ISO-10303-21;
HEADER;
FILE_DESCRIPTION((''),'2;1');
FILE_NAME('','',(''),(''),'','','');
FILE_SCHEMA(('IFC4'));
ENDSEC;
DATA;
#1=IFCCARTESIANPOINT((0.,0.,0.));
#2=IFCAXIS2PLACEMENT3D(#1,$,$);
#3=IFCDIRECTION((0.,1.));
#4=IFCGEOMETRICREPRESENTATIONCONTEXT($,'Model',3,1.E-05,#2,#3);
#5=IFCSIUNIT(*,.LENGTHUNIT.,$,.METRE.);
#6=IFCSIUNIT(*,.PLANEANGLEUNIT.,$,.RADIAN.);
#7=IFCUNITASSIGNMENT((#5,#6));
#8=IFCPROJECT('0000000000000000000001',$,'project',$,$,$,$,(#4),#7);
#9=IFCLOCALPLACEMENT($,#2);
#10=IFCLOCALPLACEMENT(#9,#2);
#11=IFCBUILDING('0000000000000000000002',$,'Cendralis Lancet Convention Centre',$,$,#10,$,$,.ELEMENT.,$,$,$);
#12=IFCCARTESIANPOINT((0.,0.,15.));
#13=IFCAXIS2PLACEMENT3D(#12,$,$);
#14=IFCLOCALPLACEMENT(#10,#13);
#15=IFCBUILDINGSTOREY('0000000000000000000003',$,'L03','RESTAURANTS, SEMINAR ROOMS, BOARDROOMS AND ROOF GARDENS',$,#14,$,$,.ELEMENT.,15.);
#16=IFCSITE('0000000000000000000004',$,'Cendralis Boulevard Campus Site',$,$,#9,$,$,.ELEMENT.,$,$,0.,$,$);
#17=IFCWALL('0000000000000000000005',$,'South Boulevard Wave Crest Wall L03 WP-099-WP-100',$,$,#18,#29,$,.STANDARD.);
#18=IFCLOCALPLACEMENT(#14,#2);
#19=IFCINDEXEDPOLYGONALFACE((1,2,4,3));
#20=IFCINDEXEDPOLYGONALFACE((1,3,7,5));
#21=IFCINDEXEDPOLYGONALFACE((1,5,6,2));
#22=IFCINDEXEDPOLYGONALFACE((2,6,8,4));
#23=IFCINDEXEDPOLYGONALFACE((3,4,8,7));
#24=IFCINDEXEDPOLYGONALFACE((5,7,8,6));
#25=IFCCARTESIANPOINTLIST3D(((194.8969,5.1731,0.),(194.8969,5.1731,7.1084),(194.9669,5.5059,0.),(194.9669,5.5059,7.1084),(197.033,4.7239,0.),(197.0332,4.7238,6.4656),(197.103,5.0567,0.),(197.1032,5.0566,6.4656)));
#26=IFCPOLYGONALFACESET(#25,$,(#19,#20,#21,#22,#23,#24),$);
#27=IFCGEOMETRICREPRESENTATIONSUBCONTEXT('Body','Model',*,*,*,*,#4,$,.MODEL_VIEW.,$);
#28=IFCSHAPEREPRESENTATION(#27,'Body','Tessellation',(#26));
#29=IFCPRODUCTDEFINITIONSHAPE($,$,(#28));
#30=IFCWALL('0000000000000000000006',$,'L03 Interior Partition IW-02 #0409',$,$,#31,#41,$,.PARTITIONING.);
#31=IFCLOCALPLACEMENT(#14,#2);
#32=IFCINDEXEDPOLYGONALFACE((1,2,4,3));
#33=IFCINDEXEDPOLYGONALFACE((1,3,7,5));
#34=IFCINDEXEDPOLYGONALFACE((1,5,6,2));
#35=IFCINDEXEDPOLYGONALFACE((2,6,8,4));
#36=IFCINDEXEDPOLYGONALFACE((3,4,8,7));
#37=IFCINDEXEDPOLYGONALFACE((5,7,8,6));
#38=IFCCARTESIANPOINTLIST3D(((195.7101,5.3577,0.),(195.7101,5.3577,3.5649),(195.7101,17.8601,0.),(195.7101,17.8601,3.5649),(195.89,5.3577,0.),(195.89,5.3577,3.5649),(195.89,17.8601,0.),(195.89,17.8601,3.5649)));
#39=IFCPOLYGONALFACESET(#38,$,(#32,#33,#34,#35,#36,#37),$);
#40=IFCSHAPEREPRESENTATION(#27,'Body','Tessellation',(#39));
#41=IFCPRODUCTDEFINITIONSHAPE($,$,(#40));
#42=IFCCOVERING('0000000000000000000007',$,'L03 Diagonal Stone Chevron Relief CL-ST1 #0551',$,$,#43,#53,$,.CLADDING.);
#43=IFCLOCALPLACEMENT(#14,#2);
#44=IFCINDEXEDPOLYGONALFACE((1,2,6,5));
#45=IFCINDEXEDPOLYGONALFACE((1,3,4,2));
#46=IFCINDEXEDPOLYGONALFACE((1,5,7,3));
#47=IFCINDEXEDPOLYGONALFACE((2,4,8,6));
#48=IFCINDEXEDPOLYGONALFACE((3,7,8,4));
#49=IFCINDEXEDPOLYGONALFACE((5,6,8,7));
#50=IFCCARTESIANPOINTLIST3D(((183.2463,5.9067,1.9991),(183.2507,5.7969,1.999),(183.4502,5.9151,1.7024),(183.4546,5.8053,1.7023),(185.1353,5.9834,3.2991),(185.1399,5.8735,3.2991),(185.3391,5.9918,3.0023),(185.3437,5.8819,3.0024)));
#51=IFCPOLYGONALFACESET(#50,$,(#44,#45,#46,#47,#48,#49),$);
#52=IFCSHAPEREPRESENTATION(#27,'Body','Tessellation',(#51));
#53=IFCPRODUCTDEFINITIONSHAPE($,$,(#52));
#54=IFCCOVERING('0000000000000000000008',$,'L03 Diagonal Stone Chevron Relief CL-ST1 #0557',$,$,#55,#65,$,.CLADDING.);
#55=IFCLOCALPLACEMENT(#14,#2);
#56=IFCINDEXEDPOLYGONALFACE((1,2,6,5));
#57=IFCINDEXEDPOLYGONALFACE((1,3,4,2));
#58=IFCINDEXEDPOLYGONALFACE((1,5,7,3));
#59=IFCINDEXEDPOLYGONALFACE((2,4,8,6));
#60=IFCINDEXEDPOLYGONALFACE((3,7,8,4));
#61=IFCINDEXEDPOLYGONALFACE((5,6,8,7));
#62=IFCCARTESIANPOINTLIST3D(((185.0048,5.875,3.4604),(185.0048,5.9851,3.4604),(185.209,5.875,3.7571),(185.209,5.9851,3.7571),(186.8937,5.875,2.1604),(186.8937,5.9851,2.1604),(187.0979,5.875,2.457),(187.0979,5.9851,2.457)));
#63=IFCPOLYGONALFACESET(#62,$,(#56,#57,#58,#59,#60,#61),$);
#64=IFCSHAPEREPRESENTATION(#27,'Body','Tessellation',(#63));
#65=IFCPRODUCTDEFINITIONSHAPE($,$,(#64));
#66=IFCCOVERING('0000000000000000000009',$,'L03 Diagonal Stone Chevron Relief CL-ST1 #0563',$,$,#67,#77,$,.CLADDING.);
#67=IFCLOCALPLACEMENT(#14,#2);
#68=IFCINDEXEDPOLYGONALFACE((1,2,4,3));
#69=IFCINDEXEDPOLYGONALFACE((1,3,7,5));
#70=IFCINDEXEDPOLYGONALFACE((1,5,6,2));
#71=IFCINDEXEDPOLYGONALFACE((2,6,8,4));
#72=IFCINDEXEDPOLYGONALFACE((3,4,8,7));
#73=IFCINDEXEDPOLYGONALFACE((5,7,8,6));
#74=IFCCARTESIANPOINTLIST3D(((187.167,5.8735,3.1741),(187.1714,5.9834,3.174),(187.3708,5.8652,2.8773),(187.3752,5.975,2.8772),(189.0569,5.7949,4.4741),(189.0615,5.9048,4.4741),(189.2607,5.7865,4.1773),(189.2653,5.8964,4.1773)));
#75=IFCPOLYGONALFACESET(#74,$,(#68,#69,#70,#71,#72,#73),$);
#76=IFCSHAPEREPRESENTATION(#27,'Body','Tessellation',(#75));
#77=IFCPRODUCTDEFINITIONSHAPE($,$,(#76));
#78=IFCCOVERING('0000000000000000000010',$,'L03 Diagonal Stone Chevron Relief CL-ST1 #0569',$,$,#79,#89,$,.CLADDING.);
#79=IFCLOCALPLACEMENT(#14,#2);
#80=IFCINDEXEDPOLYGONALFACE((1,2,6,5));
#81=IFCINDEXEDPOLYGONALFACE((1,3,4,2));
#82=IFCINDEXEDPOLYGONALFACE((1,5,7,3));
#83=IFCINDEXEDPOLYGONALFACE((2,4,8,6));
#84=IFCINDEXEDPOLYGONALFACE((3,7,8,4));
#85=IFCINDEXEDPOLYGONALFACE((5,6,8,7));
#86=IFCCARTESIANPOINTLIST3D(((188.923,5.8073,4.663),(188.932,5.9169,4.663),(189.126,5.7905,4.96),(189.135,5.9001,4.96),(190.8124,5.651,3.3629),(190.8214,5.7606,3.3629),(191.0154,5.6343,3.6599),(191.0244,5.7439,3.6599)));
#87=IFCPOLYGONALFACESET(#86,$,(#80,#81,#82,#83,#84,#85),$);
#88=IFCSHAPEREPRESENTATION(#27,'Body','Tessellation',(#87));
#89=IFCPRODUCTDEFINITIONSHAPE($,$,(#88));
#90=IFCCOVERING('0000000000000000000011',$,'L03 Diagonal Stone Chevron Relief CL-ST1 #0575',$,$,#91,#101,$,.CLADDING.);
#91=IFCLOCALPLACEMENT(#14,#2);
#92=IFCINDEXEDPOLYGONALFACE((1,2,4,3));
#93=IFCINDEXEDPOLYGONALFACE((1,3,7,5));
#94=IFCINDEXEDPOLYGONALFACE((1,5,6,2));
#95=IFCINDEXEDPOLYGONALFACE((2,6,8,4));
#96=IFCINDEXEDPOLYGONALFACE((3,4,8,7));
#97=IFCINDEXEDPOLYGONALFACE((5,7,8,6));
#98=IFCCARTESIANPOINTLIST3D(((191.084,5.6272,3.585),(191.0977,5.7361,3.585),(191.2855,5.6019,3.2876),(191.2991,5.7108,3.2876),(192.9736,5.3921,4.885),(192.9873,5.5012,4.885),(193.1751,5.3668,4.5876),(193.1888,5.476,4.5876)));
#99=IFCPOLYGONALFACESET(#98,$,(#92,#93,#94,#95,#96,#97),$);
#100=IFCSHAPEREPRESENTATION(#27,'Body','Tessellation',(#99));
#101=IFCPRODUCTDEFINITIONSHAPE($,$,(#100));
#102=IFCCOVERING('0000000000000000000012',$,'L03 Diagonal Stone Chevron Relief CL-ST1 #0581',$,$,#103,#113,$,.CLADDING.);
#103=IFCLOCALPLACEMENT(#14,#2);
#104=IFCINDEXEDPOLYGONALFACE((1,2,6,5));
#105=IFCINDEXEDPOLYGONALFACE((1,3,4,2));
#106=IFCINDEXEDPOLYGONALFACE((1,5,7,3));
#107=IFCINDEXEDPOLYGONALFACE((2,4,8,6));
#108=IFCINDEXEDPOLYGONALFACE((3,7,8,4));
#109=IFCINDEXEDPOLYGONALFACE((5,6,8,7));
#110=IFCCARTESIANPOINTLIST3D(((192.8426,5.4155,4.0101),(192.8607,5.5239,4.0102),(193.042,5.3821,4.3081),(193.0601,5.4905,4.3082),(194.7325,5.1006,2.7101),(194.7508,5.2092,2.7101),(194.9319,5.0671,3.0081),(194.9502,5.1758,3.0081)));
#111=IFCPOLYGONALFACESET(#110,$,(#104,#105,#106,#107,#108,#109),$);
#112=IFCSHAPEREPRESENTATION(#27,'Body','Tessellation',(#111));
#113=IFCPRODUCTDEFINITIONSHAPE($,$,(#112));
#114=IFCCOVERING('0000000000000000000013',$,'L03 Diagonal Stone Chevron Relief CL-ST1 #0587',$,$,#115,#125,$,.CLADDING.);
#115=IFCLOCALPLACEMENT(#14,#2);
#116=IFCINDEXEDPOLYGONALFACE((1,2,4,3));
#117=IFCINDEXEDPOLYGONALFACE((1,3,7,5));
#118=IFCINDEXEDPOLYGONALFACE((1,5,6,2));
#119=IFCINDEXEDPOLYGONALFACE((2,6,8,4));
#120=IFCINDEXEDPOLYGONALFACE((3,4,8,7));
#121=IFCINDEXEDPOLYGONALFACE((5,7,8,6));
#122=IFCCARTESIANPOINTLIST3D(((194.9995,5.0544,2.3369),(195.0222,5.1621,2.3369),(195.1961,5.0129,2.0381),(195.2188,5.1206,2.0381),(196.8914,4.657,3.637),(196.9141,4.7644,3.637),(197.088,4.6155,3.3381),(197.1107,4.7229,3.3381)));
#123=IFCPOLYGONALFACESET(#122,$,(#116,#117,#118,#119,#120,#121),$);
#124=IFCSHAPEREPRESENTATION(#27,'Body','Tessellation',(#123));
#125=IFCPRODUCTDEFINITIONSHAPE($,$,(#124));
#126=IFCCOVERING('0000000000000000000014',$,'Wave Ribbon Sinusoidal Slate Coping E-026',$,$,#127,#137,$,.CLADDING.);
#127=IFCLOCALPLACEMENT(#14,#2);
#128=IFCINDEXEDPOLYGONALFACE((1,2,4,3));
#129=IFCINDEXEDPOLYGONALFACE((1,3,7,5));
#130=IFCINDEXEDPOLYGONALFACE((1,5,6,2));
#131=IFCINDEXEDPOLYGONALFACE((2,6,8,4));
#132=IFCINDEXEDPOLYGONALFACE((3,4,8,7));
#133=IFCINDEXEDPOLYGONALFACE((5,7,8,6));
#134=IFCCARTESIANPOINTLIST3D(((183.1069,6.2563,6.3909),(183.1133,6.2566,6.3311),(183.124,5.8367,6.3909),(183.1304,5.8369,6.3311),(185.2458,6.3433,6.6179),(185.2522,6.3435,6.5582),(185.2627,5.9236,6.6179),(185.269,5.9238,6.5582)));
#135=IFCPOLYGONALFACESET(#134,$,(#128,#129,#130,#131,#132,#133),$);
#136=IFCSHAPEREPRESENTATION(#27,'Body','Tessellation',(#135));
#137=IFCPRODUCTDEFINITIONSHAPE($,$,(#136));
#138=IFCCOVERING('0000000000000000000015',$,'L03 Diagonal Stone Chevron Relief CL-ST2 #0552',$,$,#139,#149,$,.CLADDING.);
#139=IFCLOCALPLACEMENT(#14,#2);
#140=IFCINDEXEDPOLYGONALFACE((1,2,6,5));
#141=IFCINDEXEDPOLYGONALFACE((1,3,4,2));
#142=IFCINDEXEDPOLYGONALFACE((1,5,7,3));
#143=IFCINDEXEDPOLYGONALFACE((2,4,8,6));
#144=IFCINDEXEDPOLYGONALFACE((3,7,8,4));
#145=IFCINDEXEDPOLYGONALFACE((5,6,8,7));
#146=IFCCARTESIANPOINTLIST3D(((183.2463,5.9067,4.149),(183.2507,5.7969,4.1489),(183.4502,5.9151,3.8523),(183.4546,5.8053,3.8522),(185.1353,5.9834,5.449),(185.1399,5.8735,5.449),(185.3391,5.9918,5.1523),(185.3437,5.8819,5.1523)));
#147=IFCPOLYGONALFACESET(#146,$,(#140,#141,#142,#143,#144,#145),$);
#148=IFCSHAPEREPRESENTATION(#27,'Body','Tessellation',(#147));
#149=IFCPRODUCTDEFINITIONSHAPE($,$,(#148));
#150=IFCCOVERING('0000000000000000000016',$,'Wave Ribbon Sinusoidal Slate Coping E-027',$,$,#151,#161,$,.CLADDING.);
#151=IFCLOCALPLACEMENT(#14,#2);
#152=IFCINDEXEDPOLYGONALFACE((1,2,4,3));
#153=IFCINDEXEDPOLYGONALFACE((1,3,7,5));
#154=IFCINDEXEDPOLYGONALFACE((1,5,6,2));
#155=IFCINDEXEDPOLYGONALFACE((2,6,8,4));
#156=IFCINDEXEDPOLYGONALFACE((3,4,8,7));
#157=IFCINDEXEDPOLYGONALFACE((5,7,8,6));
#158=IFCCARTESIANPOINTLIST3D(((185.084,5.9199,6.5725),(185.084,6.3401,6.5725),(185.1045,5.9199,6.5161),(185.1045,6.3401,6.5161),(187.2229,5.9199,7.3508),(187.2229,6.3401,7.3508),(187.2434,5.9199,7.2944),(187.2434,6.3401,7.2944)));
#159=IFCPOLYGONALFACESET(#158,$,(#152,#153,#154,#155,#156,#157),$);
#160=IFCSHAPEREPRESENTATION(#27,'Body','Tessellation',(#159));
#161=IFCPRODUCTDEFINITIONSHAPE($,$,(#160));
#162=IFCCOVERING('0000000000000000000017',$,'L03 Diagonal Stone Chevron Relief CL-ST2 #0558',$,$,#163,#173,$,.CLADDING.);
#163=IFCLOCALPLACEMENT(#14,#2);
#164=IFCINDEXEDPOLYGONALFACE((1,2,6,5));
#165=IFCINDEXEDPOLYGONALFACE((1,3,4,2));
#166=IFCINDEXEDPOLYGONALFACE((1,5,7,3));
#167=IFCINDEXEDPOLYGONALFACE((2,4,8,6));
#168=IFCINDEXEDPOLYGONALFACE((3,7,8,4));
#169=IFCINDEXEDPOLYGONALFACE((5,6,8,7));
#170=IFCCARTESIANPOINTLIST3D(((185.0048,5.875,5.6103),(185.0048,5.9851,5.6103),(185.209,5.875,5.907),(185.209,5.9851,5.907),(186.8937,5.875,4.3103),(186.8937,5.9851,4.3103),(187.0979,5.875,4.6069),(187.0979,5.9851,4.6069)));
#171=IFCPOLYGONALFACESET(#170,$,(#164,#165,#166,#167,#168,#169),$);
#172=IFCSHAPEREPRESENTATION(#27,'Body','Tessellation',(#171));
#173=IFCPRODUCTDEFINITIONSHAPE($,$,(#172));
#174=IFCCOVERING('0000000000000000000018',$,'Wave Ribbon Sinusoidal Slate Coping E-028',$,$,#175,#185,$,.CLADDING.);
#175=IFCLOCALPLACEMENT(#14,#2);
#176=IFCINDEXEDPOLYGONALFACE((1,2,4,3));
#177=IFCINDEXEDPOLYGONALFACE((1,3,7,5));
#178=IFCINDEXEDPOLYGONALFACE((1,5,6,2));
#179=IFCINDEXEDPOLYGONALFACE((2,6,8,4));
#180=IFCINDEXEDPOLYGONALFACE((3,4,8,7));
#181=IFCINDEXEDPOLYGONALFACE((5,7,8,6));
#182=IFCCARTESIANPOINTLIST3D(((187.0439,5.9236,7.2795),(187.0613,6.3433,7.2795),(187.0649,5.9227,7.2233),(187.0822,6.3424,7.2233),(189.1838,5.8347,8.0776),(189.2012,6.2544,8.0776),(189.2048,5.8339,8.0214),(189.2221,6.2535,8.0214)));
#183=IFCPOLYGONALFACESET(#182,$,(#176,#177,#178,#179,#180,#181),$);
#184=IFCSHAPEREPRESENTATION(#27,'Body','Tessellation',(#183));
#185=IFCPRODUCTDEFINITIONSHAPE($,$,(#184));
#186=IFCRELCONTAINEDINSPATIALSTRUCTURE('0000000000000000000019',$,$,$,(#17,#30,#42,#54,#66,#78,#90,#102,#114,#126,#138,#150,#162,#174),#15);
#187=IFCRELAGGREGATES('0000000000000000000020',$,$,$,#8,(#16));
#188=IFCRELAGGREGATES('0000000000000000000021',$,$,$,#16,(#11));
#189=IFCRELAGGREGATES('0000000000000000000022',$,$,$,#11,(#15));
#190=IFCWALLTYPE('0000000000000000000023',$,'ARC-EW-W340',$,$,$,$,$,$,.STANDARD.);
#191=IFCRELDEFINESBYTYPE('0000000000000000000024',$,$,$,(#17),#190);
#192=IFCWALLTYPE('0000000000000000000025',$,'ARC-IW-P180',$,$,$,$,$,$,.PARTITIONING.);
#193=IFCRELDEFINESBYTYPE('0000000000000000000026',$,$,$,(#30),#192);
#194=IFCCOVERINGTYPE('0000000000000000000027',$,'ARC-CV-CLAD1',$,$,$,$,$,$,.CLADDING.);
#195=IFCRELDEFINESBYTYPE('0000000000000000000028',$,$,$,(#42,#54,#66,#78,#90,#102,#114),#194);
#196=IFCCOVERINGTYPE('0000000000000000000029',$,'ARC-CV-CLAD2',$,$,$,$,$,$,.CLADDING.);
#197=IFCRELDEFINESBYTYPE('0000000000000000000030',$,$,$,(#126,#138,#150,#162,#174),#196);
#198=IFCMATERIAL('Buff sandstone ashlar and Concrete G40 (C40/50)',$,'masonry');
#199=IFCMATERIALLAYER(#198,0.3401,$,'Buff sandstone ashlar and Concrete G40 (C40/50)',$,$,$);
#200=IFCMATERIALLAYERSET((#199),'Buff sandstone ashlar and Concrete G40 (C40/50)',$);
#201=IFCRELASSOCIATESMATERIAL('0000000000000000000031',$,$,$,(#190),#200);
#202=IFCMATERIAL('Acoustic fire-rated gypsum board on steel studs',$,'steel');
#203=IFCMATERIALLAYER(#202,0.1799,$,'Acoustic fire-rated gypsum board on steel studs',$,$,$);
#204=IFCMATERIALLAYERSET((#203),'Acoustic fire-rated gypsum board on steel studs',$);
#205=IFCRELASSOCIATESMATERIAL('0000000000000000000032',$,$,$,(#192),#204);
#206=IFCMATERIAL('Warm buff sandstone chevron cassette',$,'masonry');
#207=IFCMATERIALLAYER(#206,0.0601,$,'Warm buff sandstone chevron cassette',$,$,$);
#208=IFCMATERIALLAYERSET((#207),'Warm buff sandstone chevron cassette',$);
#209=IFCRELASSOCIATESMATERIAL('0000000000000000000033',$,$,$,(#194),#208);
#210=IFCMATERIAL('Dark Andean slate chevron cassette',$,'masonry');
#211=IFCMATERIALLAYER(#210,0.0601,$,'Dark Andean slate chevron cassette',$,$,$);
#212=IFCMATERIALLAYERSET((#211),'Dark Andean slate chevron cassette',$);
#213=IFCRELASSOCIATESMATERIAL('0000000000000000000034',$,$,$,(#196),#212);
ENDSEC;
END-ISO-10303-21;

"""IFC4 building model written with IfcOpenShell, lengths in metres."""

from ifc_helpers import new_model, si_unit, direction, frame, frame_2d, origin, place, context, subcontext, project, spatial, polyline, rectangle, outline, extrude, material, layer, layer_set, type_object, element, save


model = new_model("IFC4")

# Units and contexts
model_context = context("Model", 3, precision=1e-05, world=origin(), true_north=direction((0.0, 1.0)))
body_context = subcontext(model_context, "Body", "Model", "MODEL_VIEW")
ifc_project = project(units=[si_unit("LENGTHUNIT", "METRE"), si_unit("PLANEANGLEUNIT", "RADIAN")], contexts=[model_context])

# Site, building, storey
site_placement = place(None, origin())
site = spatial("IfcSite", under=ifc_project, at=site_placement, Name="Cendralis Boulevard Campus Site", CompositionType="ELEMENT", RefElevation=0.0)
building_placement = place(site_placement, origin())
building = spatial("IfcBuilding", under=site, at=building_placement, Name="Cendralis Lancet Convention Centre", CompositionType="ELEMENT")
storey_placement = place(building_placement, frame((0.0, 0.0, 15.0)))
storey = spatial("IfcBuildingStorey", under=building, at=storey_placement, Name="L03", Description="RESTAURANTS, SEMINAR ROOMS, BOARDROOMS AND ROOF GARDENS", CompositionType="ELEMENT", Elevation=15.0)

# Shared definitions
ifc_material_1 = material(Name="Warm buff sandstone chevron cassette", Category="masonry")
ifc_material_2 = material(Name="Dark Andean slate chevron cassette", Category="masonry")

# Walls
ifc_material_3 = material(Name="Buff sandstone ashlar and Concrete G40 (C40/50)", Category="masonry")
ifc_layer_1 = layer(ifc_material_3, 0.3401, Name="Buff sandstone ashlar and Concrete G40 (C40/50)")
ifc_layer_set_1 = layer_set([ifc_layer_1], Name="Buff sandstone ashlar and Concrete G40 (C40/50)")
wall_type_1 = type_object("IfcWallType", Name="ARC-EW-W340", PredefinedType="STANDARD", material=ifc_layer_set_1)
wall_1_placement = place(storey_placement, frame((194.9319, 5.3396, 0.0), z_axis=(0.0, 0.0, 1.0), x_axis=(0.978597, -0.205785, 0.0)))
element("IfcWall", 1, at=wall_1_placement, inside=storey, type_object=wall_type_1, Name="South Boulevard Wave Crest Wall L03 WP-099-WP-100", PredefinedType="STANDARD", context=body_context, shape_type="SweptSolid", body=[
    extrude(outline(polyline([(0.0, 0.0), (2.1829, 0.0), (2.1831, 6.4656), (0.0, 7.1084), (0.0, 0.0)])), frame((0.0, 0.1699, 0.0), z_axis=(0.0, -1.0, 0.0), x_axis=(1.0, 0.0, 0.0)), (0.0, 0.0, 1.0), 0.3401),
])
ifc_material_4 = material(Name="Acoustic fire-rated gypsum board on steel studs", Category="steel")
ifc_layer_2 = layer(ifc_material_4, 0.1799, Name="Acoustic fire-rated gypsum board on steel studs")
ifc_layer_set_2 = layer_set([ifc_layer_2], Name="Acoustic fire-rated gypsum board on steel studs")
wall_type_2 = type_object("IfcWallType", Name="ARC-IW-P180", PredefinedType="PARTITIONING", material=ifc_layer_set_2)
wall_2_placement = place(storey_placement, frame((195.8, 5.3577, 0.0), z_axis=(0.0, 0.0, 1.0), x_axis=(0.0, 1.0, 0.0)))
element("IfcWall", 2, at=wall_2_placement, inside=storey, type_object=wall_type_2, Name="L03 Interior Partition IW-02 #0409", PredefinedType="PARTITIONING", context=body_context, shape_type="SweptSolid", body=[
    extrude(rectangle(XDim=12.5024, YDim=0.1799, at=frame_2d((6.2512, 0.0))), origin(), (0.0, 0.0, 1.0), 3.5649),
])

# Coverings
ifc_layer_3 = layer(ifc_material_1, 0.0601, Name="Warm buff sandstone chevron cassette")
ifc_layer_set_3 = layer_set([ifc_layer_3], Name="Warm buff sandstone chevron cassette")
covering_type_1 = type_object("IfcCoveringType", Name="ARC-CV-CLAD1", PredefinedType="CLADDING", material=ifc_layer_set_3)
covering_1_placement = place(storey_placement, frame((183.2507, 5.7969, 1.999), z_axis=(-0.566129, -0.023274, 0.823988), x_axis=(0.82331, 0.033409, 0.566608)))
element("IfcCovering", 3, at=covering_1_placement, inside=storey, type_object=covering_type_1, Name="L03 Diagonal Stone Chevron Relief CL-ST1 #0551", PredefinedType="CLADDING", context=body_context, shape_type="SweptSolid", body=[
    extrude(outline(polyline([(0.0, 0.0), (2.2945, 0.0), (2.2944, 0.11), (0.0001, 0.11), (0.0, 0.0)])), origin(), (0.0, 0.0, -1.0), 0.3601),
])
covering_2_placement = place(storey_placement, frame((185.209, 5.875, 3.7571), z_axis=(0.566949, 0.0, 0.823753), x_axis=(0.823753, 0.0, -0.566949)))
element("IfcCovering", 4, at=covering_2_placement, inside=storey, type_object=covering_type_1, Name="L03 Diagonal Stone Chevron Relief CL-ST1 #0557", PredefinedType="CLADDING", context=body_context, shape_type="SweptSolid", body=[
    extrude(outline(polyline([(0.0, 0.0), (2.2931, 0.0), (2.2931, 0.1101), (0.0, 0.1101), (0.0, 0.0)])), origin(), (0.0, 0.0, -1.0), 0.3601),
])
covering_3_placement = place(storey_placement, frame((187.167, 5.8735, 3.1741), z_axis=(-0.565915, 0.023265, 0.824135), x_axis=(0.823423, -0.034252, 0.566393)))
element("IfcCovering", 5, at=covering_3_placement, inside=storey, type_object=covering_type_1, Name="L03 Diagonal Stone Chevron Relief CL-ST1 #0563", PredefinedType="CLADDING", context=body_context, shape_type="SweptSolid", body=[
    extrude(outline(polyline([(0.0, 0.0), (2.2952, 0.0), (2.2953, 0.11), (-0.0001, 0.11), (0.0, 0.0)])), origin(), (0.0, 0.0, -1.0), 0.3601),
])
covering_4_placement = place(storey_placement, frame((189.126, 5.7905, 4.96), z_axis=(0.563628, -0.046446, 0.824722), x_axis=(0.821916, -0.067971, -0.565539)))
element("IfcCovering", 6, at=covering_4_placement, inside=storey, type_object=covering_type_1, Name="L03 Diagonal Stone Chevron Relief CL-ST1 #0569", PredefinedType="CLADDING", context=body_context, shape_type="SweptSolid", body=[
    extrude(outline(polyline([(0.0, 0.0), (2.2988, 0.0), (2.2988, 0.11), (0.0, 0.11), (0.0, 0.0)])), origin(), (0.0, 0.0, -1.0), 0.3601),
])
covering_5_placement = place(storey_placement, frame((191.084, 5.6272, 3.585), z_axis=(-0.559466, 0.070168, 0.825878), x_axis=(0.819559, -0.101968, 0.563849)))
element("IfcCovering", 7, at=covering_5_placement, inside=storey, type_object=covering_type_1, Name="L03 Diagonal Stone Chevron Relief CL-ST1 #0575", PredefinedType="CLADDING", context=body_context, shape_type="SweptSolid", body=[
    extrude(outline(polyline([(0.0, 0.0), (2.3057, 0.0), (2.3058, 0.11), (0.0001, 0.1097), (0.0, 0.0)])), origin(), (0.0, 0.0, -1.0), 0.3601),
])
covering_6_placement = place(storey_placement, frame((193.042, 5.3821, 4.3081), z_axis=(0.553739, -0.092809, 0.827502), x_axis=(0.816246, -0.136023, -0.561463)))
element("IfcCovering", 8, at=covering_6_placement, inside=storey, type_object=covering_type_1, Name="L03 Diagonal Stone Chevron Relief CL-ST1 #0581", PredefinedType="CLADDING", context=body_context, shape_type="SweptSolid", body=[
    extrude(outline(polyline([(0.0, 0.0), (2.3154, 0.0), (2.3156, 0.1102), (0.0, 0.1099), (0.0, 0.0)])), origin(), (0.0, 0.0, -1.0), 0.3601),
])
covering_7_placement = place(storey_placement, frame((194.9995, 5.0544, 2.3369), z_axis=(-0.546008, 0.115275, 0.829811), x_axis=(0.812083, -0.170612, 0.558044)))
element("IfcCovering", 9, at=covering_7_placement, inside=storey, type_object=covering_type_1, Name="L03 Diagonal Stone Chevron Relief CL-ST1 #0587", PredefinedType="CLADDING", context=body_context, shape_type="SweptSolid", body=[
    extrude(outline(polyline([(0.0, 0.0), (2.3296, 0.0), (2.3297, 0.1098), (0.0001, 0.11), (0.0, 0.0)])), origin(), (0.0, 0.0, -1.0), 0.3601),
])
ifc_layer_4 = layer(ifc_material_2, 0.0601, Name="Dark Andean slate chevron cassette")
ifc_layer_set_4 = layer_set([ifc_layer_4], Name="Dark Andean slate chevron cassette")
covering_type_2 = type_object("IfcCoveringType", Name="ARC-CV-CLAD2", PredefinedType="CLADDING", material=ifc_layer_set_4)
covering_8_placement = place(storey_placement, frame((183.124, 5.8367, 6.3909), z_axis=(-0.105393, -0.004261, 0.994422), x_axis=(0.993601, 0.040379, 0.105479)))
element("IfcCovering", 10, at=covering_8_placement, inside=storey, type_object=covering_type_2, Name="Wave Ribbon Sinusoidal Slate Coping E-026", PredefinedType="CLADDING", context=body_context, shape_type="SweptSolid", body=[
    extrude(outline(polyline([(0.0, 0.0), (2.1524, 0.0), (2.1527, 0.42), (0.0, 0.42), (0.0, 0.0)])), origin(), (0.0, 0.0, -1.0), 0.0601),
])
covering_9_placement = place(storey_placement, frame((183.2507, 5.7969, 4.1489), z_axis=(-0.566129, -0.023274, 0.823988), x_axis=(0.82331, 0.033409, 0.566608)))
element("IfcCovering", 11, at=covering_9_placement, inside=storey, type_object=covering_type_2, Name="L03 Diagonal Stone Chevron Relief CL-ST2 #0552", PredefinedType="CLADDING", context=body_context, shape_type="SweptSolid", body=[
    extrude(outline(polyline([(0.0, 0.0), (2.2945, 0.0), (2.2944, 0.11), (0.0001, 0.11), (0.0, 0.0)])), origin(), (0.0, 0.0, -1.0), 0.3601),
])
covering_10_placement = place(storey_placement, frame((185.084, 5.9199, 6.5725), z_axis=(-0.34195, 0.0, 0.939718), x_axis=(0.939718, 0.0, 0.34195)))
element("IfcCovering", 12, at=covering_10_placement, inside=storey, type_object=covering_type_2, Name="Wave Ribbon Sinusoidal Slate Coping E-027", PredefinedType="CLADDING", context=body_context, shape_type="SweptSolid", body=[
    extrude(outline(polyline([(0.0, 0.0), (2.2761, 0.0), (2.2761, 0.4202), (0.0, 0.4202), (0.0, 0.0)])), origin(), (0.0, 0.0, -1.0), 0.0601),
])
covering_11_placement = place(storey_placement, frame((185.209, 5.875, 5.907), z_axis=(0.566949, 0.0, 0.823753), x_axis=(0.823753, 0.0, -0.566949)))
element("IfcCovering", 13, at=covering_11_placement, inside=storey, type_object=covering_type_2, Name="L03 Diagonal Stone Chevron Relief CL-ST2 #0558", PredefinedType="CLADDING", context=body_context, shape_type="SweptSolid", body=[
    extrude(outline(polyline([(0.0, 0.0), (2.2931, 0.0), (2.2931, 0.1101), (0.0, 0.1101), (0.0, 0.0)])), origin(), (0.0, 0.0, -1.0), 0.3601),
])
covering_12_placement = place(storey_placement, frame((187.0439, 5.9236, 7.2795), z_axis=(-0.348886, 0.01441, 0.937054), x_axis=(0.936247, -0.038881, 0.349183)))
element("IfcCovering", 14, at=covering_12_placement, inside=storey, type_object=covering_type_2, Name="Wave Ribbon Sinusoidal Slate Coping E-028", PredefinedType="CLADDING", context=body_context, shape_type="SweptSolid", body=[
    extrude(outline(polyline([(0.0, 0.0), (2.2856, 0.0), (2.2855, 0.42), (-0.0001, 0.42), (0.0, 0.0)])), origin(), (0.0, 0.0, -1.0), 0.0601),
])

save(model, "model.ifc")
